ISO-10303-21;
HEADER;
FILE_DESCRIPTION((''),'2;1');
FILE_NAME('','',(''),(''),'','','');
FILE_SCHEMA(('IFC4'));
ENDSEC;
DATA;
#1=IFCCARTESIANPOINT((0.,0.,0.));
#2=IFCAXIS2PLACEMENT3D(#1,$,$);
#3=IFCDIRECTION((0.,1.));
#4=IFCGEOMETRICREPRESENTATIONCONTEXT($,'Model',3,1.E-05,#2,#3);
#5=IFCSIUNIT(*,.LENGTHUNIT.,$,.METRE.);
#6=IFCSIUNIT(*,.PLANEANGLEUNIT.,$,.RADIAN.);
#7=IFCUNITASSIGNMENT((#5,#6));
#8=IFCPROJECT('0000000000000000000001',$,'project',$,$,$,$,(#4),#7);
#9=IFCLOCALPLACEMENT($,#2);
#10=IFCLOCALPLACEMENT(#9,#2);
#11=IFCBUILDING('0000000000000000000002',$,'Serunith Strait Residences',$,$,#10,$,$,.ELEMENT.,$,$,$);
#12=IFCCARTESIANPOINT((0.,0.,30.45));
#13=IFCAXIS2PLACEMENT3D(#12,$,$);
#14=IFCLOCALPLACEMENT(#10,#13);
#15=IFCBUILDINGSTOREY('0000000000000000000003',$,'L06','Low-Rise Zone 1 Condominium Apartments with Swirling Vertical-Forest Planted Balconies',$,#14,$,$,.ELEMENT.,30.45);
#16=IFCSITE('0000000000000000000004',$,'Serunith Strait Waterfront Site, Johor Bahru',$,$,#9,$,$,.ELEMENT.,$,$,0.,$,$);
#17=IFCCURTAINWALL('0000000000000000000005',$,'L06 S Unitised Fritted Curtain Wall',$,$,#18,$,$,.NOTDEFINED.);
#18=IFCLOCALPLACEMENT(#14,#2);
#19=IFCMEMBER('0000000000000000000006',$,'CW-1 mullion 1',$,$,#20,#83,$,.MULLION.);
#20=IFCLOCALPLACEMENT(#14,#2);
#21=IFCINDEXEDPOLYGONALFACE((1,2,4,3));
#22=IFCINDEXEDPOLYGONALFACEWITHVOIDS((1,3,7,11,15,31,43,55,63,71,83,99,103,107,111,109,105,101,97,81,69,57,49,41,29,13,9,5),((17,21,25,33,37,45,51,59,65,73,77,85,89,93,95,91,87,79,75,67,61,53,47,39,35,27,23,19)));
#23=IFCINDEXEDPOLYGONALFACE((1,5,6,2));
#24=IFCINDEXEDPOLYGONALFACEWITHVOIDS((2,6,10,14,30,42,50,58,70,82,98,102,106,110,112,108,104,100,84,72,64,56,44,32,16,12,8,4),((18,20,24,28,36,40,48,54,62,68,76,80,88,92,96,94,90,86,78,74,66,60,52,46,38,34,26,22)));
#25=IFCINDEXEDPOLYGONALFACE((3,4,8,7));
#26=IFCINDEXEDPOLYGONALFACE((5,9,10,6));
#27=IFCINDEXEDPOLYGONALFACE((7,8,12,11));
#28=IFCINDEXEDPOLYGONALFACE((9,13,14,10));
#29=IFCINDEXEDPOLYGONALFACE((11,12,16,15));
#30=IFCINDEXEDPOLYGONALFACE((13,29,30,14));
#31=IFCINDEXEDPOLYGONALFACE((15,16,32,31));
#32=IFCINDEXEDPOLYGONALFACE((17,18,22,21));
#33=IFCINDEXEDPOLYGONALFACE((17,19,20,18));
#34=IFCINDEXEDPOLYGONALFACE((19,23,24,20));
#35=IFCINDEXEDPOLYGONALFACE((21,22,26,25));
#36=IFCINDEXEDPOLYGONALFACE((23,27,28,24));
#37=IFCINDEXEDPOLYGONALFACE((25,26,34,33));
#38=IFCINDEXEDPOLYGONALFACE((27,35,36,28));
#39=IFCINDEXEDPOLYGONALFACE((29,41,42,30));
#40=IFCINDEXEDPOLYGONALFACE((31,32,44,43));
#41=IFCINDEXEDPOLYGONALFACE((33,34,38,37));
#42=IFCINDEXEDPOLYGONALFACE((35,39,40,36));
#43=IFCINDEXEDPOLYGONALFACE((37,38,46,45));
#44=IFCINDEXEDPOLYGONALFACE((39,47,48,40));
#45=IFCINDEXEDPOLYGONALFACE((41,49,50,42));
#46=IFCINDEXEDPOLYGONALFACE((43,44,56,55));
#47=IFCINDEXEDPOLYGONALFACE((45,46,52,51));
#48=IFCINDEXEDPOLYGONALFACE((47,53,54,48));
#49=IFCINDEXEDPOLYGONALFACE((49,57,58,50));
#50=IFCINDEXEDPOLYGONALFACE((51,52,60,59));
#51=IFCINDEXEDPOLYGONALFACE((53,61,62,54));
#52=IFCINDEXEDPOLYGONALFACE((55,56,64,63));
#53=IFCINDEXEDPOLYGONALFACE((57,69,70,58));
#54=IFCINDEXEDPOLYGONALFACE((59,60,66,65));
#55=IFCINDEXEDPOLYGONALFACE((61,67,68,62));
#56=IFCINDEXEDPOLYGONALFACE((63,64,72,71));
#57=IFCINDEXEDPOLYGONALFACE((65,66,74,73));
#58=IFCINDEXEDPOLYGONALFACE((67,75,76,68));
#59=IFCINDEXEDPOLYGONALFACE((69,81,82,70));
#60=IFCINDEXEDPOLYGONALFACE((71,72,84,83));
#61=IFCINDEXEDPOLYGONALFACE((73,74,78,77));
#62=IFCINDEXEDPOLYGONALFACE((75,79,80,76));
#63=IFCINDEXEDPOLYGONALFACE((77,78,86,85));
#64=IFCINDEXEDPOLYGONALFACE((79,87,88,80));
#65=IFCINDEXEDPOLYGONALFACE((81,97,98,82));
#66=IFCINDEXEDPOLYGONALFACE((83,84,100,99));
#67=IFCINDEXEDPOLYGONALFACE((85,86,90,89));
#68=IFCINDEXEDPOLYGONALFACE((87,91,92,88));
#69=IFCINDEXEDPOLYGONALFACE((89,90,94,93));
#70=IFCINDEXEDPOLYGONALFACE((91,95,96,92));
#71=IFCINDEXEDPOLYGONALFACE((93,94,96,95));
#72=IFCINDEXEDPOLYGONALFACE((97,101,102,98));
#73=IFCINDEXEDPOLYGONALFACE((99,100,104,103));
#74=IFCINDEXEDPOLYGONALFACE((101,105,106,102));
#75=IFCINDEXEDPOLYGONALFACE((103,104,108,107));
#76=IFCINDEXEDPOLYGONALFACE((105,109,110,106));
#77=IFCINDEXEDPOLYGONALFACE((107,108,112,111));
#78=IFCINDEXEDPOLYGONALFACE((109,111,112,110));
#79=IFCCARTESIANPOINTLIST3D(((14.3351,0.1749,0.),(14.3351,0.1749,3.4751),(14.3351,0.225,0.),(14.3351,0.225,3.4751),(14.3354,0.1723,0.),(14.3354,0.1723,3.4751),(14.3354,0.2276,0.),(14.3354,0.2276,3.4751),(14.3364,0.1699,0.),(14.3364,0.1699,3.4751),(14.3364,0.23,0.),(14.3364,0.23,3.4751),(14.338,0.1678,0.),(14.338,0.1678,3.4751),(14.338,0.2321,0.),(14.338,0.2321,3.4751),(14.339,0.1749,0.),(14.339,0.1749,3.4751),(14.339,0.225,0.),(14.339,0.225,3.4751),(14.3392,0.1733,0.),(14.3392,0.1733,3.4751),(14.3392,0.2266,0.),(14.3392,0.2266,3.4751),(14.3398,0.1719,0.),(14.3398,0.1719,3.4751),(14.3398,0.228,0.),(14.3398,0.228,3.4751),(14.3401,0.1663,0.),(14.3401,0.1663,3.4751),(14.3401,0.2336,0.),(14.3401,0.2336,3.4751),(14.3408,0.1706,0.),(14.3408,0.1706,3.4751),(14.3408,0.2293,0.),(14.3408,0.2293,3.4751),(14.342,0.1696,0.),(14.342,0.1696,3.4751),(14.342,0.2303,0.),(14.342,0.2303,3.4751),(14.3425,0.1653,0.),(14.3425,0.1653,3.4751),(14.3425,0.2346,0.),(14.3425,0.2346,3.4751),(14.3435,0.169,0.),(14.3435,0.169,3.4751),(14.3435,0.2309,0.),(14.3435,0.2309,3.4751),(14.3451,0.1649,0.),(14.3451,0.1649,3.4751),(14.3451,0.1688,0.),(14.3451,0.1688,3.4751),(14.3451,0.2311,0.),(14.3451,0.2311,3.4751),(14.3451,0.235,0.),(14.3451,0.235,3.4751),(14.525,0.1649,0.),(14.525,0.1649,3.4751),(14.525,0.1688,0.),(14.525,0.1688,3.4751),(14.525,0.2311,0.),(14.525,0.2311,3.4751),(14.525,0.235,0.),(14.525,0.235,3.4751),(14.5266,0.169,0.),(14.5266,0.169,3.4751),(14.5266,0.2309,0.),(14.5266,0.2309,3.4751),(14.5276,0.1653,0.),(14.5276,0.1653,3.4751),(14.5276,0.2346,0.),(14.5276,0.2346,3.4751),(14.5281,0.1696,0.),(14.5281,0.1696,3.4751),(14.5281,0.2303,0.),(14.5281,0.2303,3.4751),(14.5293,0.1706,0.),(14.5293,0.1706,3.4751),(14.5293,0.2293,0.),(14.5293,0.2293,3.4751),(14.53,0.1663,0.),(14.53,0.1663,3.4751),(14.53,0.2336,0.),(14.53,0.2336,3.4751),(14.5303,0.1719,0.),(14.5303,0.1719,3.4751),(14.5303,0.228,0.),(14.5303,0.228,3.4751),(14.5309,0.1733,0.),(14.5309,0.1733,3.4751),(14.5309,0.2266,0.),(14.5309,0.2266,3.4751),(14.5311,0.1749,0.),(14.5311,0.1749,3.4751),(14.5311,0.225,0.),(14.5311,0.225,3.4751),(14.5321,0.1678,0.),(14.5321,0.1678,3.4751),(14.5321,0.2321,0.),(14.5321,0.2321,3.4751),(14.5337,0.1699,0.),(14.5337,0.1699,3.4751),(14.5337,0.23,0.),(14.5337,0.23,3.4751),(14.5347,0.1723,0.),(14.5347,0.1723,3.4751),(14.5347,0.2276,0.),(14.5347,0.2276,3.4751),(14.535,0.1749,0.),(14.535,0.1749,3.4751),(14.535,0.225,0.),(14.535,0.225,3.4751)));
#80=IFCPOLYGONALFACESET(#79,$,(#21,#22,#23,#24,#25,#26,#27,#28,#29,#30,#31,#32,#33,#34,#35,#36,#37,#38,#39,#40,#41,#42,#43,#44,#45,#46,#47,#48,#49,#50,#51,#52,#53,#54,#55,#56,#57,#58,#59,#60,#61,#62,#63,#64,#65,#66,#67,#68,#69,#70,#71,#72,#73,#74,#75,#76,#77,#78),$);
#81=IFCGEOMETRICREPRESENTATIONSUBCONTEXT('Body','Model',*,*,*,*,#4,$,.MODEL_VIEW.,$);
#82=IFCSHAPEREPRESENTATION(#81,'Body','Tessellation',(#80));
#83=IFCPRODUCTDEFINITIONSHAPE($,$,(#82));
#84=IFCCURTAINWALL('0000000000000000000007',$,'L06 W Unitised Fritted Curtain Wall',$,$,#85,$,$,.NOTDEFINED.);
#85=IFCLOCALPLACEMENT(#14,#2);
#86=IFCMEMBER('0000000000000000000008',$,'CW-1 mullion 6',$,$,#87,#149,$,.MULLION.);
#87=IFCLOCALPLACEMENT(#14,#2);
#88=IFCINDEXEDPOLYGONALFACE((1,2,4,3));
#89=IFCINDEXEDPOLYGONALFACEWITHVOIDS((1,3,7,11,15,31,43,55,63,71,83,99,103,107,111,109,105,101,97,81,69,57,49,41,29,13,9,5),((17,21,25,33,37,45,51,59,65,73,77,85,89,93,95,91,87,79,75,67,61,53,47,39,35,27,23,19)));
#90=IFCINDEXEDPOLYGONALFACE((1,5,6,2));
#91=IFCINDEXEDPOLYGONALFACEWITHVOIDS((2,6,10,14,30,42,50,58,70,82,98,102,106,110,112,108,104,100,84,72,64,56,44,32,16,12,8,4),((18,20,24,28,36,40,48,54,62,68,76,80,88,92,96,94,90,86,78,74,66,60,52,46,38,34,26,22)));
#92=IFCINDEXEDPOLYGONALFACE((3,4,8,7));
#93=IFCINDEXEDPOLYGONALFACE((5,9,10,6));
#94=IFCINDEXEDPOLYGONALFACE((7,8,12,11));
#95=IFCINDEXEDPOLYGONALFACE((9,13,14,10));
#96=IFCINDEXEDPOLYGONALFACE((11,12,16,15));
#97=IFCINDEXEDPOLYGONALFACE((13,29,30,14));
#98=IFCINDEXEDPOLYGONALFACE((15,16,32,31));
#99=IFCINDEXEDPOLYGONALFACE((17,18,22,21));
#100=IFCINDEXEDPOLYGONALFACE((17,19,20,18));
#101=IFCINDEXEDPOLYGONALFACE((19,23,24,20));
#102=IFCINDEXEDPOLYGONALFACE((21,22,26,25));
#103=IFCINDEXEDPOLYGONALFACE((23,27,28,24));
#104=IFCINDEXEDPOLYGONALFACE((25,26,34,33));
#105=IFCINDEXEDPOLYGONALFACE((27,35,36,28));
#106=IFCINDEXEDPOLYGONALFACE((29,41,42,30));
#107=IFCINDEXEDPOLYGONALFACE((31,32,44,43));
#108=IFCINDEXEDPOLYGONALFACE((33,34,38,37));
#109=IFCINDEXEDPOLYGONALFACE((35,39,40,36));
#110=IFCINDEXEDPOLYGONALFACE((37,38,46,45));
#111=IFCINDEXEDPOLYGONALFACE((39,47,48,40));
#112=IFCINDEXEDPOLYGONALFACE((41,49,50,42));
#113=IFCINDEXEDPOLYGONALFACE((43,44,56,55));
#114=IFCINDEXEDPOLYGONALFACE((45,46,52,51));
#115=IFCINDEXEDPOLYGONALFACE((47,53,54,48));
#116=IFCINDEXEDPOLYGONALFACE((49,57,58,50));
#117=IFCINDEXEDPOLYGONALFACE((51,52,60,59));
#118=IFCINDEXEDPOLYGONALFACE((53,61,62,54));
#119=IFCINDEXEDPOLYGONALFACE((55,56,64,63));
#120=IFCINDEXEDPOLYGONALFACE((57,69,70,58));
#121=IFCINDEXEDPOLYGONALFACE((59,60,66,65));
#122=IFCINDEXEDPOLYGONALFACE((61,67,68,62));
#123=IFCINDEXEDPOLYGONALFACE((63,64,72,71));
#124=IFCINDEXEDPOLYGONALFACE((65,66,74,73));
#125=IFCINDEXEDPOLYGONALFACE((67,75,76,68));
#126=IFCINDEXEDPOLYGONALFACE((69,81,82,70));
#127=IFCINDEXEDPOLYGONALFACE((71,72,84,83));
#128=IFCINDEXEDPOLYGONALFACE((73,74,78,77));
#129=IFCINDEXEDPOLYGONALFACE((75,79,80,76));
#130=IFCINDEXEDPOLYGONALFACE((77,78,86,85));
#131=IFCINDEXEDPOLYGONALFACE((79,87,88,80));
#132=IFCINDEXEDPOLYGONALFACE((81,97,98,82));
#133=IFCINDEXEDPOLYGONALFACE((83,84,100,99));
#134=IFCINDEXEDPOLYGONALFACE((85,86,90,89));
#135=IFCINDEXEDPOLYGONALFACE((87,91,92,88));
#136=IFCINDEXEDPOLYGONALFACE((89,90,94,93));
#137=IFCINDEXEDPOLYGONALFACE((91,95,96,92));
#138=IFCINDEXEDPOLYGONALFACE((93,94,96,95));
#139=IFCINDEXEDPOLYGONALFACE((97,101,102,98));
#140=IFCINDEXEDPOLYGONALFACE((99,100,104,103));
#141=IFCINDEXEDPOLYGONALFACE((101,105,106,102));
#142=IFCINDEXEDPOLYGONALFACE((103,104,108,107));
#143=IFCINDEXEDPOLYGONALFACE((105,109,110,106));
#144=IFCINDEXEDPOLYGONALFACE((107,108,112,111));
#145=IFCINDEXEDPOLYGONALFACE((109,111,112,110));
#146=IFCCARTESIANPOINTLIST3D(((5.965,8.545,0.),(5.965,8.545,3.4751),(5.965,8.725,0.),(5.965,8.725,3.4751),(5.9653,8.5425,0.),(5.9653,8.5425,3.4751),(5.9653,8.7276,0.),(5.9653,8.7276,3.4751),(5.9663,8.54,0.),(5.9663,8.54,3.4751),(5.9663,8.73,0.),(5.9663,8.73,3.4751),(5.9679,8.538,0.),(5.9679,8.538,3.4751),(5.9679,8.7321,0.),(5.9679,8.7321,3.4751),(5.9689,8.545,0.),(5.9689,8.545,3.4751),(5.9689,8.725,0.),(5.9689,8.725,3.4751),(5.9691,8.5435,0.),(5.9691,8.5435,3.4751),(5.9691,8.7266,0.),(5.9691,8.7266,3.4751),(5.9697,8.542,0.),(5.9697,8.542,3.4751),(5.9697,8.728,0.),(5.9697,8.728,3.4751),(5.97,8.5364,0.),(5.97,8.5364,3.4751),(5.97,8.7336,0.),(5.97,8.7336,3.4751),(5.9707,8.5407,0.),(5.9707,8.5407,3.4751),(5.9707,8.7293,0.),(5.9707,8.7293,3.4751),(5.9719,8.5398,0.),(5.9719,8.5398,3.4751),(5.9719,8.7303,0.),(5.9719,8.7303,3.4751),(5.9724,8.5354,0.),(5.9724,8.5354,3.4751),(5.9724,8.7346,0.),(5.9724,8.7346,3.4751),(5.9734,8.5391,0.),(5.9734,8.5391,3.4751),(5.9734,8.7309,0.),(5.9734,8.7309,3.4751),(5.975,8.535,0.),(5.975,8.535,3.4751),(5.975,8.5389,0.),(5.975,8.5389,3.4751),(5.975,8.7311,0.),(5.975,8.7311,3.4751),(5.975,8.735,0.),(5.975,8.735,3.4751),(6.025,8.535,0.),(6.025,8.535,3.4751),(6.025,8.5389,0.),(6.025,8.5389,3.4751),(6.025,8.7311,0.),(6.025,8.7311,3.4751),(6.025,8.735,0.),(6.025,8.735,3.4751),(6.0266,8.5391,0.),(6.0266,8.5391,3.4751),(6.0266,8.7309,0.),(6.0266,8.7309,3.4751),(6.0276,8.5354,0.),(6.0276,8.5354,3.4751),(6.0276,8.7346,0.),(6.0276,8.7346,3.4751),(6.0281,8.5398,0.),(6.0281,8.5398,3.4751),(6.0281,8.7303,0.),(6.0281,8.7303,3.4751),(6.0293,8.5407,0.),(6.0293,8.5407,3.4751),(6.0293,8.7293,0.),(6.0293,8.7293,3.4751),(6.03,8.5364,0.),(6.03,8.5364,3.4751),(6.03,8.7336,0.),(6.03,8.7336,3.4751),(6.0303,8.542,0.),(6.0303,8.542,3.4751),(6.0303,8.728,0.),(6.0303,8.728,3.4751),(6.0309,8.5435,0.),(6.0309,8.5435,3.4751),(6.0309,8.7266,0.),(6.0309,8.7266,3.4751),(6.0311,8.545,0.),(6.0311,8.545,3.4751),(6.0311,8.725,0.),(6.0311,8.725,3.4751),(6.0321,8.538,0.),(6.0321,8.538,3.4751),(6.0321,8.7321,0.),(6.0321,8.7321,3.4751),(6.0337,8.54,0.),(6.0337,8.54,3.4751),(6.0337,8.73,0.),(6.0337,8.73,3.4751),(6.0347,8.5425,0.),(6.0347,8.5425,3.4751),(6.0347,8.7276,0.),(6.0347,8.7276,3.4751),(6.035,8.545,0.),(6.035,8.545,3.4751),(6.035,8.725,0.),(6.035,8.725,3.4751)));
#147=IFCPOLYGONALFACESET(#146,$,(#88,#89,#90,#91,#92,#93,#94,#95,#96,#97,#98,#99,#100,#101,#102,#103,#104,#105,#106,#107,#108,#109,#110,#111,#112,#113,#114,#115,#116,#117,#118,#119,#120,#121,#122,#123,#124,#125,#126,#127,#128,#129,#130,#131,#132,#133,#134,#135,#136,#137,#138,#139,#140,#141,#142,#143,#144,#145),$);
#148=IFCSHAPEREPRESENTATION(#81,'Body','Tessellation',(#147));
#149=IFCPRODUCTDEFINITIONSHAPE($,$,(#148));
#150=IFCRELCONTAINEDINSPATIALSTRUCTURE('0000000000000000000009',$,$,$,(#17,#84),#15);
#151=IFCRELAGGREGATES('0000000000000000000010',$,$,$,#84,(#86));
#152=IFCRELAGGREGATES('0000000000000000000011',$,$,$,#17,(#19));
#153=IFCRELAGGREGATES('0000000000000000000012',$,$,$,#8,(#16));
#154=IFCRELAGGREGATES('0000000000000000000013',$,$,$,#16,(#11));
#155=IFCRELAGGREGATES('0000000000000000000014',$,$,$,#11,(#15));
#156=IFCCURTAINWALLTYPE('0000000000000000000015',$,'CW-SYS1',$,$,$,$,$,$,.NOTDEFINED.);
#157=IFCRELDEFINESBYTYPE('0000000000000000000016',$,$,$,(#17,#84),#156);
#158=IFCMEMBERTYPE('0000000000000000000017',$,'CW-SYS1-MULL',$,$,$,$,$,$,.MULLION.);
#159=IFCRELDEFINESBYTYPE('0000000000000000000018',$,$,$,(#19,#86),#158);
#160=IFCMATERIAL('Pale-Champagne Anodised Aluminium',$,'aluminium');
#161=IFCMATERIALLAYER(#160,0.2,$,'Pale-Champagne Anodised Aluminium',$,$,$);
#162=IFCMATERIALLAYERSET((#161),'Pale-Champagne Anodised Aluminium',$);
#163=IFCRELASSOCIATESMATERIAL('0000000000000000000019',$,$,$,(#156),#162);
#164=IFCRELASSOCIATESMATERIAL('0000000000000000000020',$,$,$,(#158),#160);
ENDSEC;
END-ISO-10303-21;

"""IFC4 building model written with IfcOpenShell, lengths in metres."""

from ifc_helpers import new_model, si_unit, direction, frame, origin, origin_2d, place, context, subcontext, project, spatial, hollow_rectangle, extrude, source, transform, mapped, material, layer, layer_set, material_profile, profile_set, type_object, element, aggregate, save


model = new_model("IFC4")

# Units and contexts
model_context = context("Model", 3, precision=1e-05, world=origin(), true_north=direction((0.0, 1.0)))
body_context = subcontext(model_context, "Body", "Model", "MODEL_VIEW")
ifc_project = project(units=[si_unit("LENGTHUNIT", "METRE"), si_unit("PLANEANGLEUNIT", "RADIAN")], contexts=[model_context])

# Site, building, storey
site_placement = place(None, origin())
site = spatial("IfcSite", under=ifc_project, at=site_placement, Name="Serunith Strait Waterfront Site, Johor Bahru", CompositionType="ELEMENT", RefElevation=0.0)
building_placement = place(site_placement, origin())
building = spatial("IfcBuilding", under=site, at=building_placement, Name="Serunith Strait Residences", CompositionType="ELEMENT")
storey_placement = place(building_placement, frame((0.0, 0.0, 30.45)))
storey = spatial("IfcBuildingStorey", under=building, at=storey_placement, Name="L06", Description="Low-Rise Zone 1 Condominium Apartments with Swirling Vertical-Forest Planted Balconies", CompositionType="ELEMENT", Elevation=30.45)

# Curtain walls, members
ifc_material_1 = material(Name="Pale-Champagne Anodised Aluminium", Category="aluminium")
ifc_layer_1 = layer(ifc_material_1, 0.2, Name="Pale-Champagne Anodised Aluminium")
ifc_layer_set_1 = layer_set([ifc_layer_1], Name="Pale-Champagne Anodised Aluminium")
curtain_wall_type = type_object("IfcCurtainWallType", Name="CW-SYS1", PredefinedType="NOTDEFINED", material=ifc_layer_set_1)
curtain_wall_1_placement = place(storey_placement, origin())
curtain_wall_1 = element("IfcCurtainWall", 1, at=curtain_wall_1_placement, inside=storey, type_object=curtain_wall_type, Name="L06 S Unitised Fritted Curtain Wall", PredefinedType="NOTDEFINED")
ifc_material_profile_1 = material_profile(ifc_material_1, hollow_rectangle(XDim=0.0701, YDim=0.2, WallThickness=0.0039, InnerFilletRadius=0.0061, OuterFilletRadius=0.01, at=origin_2d()), Name="ALU 200x70x4")
ifc_profile_set_1 = profile_set([ifc_material_profile_1], Name="Pale-Champagne Anodised Aluminium")
member_type_1 = type_object("IfcMemberType", Name="CW-SYS1-MULL", PredefinedType="MULLION", material=ifc_profile_set_1)
shared_shape_1 = source(origin(), body_context, "Body", "SweptSolid", [
    extrude(hollow_rectangle(XDim=0.0701, YDim=0.2, WallThickness=0.0039, InnerFilletRadius=0.0061, OuterFilletRadius=0.01, at=origin_2d()), origin(), (0.0, 0.0, 1.0), 3.4751),
])
member_1_placement = place(storey_placement, frame((14.4351, 0.2, 0.0), z_axis=(0.0, 0.0, 1.0), x_axis=(0.0, 1.0, 0.0)))
member_1 = element("IfcMember", 2, at=member_1_placement, type_object=member_type_1, Name="CW-1 mullion 1", PredefinedType="MULLION", context=body_context, shape_type="MappedRepresentation", body=[
    mapped(shared_shape_1, transform((0.0, 0.0, 0.0), scale=1.0)),
])
curtain_wall_2_placement = place(storey_placement, origin())
curtain_wall_2 = element("IfcCurtainWall", 3, at=curtain_wall_2_placement, inside=storey, type_object=curtain_wall_type, Name="L06 W Unitised Fritted Curtain Wall", PredefinedType="NOTDEFINED")
member_2_placement = place(storey_placement, frame((6.0, 8.635, 0.0), z_axis=(0.0, 0.0, 1.0), x_axis=(1.0, 0.0, 0.0)))
member_2 = element("IfcMember", 4, at=member_2_placement, type_object=member_type_1, Name="CW-1 mullion 6", PredefinedType="MULLION", context=body_context, shape_type="MappedRepresentation", body=[
    mapped(shared_shape_1, transform((0.0, 0.0, 0.0), scale=1.0)),
])
aggregate(curtain_wall_2, [member_2])

aggregate(curtain_wall_1, [member_1])

save(model, "model.ifc")
